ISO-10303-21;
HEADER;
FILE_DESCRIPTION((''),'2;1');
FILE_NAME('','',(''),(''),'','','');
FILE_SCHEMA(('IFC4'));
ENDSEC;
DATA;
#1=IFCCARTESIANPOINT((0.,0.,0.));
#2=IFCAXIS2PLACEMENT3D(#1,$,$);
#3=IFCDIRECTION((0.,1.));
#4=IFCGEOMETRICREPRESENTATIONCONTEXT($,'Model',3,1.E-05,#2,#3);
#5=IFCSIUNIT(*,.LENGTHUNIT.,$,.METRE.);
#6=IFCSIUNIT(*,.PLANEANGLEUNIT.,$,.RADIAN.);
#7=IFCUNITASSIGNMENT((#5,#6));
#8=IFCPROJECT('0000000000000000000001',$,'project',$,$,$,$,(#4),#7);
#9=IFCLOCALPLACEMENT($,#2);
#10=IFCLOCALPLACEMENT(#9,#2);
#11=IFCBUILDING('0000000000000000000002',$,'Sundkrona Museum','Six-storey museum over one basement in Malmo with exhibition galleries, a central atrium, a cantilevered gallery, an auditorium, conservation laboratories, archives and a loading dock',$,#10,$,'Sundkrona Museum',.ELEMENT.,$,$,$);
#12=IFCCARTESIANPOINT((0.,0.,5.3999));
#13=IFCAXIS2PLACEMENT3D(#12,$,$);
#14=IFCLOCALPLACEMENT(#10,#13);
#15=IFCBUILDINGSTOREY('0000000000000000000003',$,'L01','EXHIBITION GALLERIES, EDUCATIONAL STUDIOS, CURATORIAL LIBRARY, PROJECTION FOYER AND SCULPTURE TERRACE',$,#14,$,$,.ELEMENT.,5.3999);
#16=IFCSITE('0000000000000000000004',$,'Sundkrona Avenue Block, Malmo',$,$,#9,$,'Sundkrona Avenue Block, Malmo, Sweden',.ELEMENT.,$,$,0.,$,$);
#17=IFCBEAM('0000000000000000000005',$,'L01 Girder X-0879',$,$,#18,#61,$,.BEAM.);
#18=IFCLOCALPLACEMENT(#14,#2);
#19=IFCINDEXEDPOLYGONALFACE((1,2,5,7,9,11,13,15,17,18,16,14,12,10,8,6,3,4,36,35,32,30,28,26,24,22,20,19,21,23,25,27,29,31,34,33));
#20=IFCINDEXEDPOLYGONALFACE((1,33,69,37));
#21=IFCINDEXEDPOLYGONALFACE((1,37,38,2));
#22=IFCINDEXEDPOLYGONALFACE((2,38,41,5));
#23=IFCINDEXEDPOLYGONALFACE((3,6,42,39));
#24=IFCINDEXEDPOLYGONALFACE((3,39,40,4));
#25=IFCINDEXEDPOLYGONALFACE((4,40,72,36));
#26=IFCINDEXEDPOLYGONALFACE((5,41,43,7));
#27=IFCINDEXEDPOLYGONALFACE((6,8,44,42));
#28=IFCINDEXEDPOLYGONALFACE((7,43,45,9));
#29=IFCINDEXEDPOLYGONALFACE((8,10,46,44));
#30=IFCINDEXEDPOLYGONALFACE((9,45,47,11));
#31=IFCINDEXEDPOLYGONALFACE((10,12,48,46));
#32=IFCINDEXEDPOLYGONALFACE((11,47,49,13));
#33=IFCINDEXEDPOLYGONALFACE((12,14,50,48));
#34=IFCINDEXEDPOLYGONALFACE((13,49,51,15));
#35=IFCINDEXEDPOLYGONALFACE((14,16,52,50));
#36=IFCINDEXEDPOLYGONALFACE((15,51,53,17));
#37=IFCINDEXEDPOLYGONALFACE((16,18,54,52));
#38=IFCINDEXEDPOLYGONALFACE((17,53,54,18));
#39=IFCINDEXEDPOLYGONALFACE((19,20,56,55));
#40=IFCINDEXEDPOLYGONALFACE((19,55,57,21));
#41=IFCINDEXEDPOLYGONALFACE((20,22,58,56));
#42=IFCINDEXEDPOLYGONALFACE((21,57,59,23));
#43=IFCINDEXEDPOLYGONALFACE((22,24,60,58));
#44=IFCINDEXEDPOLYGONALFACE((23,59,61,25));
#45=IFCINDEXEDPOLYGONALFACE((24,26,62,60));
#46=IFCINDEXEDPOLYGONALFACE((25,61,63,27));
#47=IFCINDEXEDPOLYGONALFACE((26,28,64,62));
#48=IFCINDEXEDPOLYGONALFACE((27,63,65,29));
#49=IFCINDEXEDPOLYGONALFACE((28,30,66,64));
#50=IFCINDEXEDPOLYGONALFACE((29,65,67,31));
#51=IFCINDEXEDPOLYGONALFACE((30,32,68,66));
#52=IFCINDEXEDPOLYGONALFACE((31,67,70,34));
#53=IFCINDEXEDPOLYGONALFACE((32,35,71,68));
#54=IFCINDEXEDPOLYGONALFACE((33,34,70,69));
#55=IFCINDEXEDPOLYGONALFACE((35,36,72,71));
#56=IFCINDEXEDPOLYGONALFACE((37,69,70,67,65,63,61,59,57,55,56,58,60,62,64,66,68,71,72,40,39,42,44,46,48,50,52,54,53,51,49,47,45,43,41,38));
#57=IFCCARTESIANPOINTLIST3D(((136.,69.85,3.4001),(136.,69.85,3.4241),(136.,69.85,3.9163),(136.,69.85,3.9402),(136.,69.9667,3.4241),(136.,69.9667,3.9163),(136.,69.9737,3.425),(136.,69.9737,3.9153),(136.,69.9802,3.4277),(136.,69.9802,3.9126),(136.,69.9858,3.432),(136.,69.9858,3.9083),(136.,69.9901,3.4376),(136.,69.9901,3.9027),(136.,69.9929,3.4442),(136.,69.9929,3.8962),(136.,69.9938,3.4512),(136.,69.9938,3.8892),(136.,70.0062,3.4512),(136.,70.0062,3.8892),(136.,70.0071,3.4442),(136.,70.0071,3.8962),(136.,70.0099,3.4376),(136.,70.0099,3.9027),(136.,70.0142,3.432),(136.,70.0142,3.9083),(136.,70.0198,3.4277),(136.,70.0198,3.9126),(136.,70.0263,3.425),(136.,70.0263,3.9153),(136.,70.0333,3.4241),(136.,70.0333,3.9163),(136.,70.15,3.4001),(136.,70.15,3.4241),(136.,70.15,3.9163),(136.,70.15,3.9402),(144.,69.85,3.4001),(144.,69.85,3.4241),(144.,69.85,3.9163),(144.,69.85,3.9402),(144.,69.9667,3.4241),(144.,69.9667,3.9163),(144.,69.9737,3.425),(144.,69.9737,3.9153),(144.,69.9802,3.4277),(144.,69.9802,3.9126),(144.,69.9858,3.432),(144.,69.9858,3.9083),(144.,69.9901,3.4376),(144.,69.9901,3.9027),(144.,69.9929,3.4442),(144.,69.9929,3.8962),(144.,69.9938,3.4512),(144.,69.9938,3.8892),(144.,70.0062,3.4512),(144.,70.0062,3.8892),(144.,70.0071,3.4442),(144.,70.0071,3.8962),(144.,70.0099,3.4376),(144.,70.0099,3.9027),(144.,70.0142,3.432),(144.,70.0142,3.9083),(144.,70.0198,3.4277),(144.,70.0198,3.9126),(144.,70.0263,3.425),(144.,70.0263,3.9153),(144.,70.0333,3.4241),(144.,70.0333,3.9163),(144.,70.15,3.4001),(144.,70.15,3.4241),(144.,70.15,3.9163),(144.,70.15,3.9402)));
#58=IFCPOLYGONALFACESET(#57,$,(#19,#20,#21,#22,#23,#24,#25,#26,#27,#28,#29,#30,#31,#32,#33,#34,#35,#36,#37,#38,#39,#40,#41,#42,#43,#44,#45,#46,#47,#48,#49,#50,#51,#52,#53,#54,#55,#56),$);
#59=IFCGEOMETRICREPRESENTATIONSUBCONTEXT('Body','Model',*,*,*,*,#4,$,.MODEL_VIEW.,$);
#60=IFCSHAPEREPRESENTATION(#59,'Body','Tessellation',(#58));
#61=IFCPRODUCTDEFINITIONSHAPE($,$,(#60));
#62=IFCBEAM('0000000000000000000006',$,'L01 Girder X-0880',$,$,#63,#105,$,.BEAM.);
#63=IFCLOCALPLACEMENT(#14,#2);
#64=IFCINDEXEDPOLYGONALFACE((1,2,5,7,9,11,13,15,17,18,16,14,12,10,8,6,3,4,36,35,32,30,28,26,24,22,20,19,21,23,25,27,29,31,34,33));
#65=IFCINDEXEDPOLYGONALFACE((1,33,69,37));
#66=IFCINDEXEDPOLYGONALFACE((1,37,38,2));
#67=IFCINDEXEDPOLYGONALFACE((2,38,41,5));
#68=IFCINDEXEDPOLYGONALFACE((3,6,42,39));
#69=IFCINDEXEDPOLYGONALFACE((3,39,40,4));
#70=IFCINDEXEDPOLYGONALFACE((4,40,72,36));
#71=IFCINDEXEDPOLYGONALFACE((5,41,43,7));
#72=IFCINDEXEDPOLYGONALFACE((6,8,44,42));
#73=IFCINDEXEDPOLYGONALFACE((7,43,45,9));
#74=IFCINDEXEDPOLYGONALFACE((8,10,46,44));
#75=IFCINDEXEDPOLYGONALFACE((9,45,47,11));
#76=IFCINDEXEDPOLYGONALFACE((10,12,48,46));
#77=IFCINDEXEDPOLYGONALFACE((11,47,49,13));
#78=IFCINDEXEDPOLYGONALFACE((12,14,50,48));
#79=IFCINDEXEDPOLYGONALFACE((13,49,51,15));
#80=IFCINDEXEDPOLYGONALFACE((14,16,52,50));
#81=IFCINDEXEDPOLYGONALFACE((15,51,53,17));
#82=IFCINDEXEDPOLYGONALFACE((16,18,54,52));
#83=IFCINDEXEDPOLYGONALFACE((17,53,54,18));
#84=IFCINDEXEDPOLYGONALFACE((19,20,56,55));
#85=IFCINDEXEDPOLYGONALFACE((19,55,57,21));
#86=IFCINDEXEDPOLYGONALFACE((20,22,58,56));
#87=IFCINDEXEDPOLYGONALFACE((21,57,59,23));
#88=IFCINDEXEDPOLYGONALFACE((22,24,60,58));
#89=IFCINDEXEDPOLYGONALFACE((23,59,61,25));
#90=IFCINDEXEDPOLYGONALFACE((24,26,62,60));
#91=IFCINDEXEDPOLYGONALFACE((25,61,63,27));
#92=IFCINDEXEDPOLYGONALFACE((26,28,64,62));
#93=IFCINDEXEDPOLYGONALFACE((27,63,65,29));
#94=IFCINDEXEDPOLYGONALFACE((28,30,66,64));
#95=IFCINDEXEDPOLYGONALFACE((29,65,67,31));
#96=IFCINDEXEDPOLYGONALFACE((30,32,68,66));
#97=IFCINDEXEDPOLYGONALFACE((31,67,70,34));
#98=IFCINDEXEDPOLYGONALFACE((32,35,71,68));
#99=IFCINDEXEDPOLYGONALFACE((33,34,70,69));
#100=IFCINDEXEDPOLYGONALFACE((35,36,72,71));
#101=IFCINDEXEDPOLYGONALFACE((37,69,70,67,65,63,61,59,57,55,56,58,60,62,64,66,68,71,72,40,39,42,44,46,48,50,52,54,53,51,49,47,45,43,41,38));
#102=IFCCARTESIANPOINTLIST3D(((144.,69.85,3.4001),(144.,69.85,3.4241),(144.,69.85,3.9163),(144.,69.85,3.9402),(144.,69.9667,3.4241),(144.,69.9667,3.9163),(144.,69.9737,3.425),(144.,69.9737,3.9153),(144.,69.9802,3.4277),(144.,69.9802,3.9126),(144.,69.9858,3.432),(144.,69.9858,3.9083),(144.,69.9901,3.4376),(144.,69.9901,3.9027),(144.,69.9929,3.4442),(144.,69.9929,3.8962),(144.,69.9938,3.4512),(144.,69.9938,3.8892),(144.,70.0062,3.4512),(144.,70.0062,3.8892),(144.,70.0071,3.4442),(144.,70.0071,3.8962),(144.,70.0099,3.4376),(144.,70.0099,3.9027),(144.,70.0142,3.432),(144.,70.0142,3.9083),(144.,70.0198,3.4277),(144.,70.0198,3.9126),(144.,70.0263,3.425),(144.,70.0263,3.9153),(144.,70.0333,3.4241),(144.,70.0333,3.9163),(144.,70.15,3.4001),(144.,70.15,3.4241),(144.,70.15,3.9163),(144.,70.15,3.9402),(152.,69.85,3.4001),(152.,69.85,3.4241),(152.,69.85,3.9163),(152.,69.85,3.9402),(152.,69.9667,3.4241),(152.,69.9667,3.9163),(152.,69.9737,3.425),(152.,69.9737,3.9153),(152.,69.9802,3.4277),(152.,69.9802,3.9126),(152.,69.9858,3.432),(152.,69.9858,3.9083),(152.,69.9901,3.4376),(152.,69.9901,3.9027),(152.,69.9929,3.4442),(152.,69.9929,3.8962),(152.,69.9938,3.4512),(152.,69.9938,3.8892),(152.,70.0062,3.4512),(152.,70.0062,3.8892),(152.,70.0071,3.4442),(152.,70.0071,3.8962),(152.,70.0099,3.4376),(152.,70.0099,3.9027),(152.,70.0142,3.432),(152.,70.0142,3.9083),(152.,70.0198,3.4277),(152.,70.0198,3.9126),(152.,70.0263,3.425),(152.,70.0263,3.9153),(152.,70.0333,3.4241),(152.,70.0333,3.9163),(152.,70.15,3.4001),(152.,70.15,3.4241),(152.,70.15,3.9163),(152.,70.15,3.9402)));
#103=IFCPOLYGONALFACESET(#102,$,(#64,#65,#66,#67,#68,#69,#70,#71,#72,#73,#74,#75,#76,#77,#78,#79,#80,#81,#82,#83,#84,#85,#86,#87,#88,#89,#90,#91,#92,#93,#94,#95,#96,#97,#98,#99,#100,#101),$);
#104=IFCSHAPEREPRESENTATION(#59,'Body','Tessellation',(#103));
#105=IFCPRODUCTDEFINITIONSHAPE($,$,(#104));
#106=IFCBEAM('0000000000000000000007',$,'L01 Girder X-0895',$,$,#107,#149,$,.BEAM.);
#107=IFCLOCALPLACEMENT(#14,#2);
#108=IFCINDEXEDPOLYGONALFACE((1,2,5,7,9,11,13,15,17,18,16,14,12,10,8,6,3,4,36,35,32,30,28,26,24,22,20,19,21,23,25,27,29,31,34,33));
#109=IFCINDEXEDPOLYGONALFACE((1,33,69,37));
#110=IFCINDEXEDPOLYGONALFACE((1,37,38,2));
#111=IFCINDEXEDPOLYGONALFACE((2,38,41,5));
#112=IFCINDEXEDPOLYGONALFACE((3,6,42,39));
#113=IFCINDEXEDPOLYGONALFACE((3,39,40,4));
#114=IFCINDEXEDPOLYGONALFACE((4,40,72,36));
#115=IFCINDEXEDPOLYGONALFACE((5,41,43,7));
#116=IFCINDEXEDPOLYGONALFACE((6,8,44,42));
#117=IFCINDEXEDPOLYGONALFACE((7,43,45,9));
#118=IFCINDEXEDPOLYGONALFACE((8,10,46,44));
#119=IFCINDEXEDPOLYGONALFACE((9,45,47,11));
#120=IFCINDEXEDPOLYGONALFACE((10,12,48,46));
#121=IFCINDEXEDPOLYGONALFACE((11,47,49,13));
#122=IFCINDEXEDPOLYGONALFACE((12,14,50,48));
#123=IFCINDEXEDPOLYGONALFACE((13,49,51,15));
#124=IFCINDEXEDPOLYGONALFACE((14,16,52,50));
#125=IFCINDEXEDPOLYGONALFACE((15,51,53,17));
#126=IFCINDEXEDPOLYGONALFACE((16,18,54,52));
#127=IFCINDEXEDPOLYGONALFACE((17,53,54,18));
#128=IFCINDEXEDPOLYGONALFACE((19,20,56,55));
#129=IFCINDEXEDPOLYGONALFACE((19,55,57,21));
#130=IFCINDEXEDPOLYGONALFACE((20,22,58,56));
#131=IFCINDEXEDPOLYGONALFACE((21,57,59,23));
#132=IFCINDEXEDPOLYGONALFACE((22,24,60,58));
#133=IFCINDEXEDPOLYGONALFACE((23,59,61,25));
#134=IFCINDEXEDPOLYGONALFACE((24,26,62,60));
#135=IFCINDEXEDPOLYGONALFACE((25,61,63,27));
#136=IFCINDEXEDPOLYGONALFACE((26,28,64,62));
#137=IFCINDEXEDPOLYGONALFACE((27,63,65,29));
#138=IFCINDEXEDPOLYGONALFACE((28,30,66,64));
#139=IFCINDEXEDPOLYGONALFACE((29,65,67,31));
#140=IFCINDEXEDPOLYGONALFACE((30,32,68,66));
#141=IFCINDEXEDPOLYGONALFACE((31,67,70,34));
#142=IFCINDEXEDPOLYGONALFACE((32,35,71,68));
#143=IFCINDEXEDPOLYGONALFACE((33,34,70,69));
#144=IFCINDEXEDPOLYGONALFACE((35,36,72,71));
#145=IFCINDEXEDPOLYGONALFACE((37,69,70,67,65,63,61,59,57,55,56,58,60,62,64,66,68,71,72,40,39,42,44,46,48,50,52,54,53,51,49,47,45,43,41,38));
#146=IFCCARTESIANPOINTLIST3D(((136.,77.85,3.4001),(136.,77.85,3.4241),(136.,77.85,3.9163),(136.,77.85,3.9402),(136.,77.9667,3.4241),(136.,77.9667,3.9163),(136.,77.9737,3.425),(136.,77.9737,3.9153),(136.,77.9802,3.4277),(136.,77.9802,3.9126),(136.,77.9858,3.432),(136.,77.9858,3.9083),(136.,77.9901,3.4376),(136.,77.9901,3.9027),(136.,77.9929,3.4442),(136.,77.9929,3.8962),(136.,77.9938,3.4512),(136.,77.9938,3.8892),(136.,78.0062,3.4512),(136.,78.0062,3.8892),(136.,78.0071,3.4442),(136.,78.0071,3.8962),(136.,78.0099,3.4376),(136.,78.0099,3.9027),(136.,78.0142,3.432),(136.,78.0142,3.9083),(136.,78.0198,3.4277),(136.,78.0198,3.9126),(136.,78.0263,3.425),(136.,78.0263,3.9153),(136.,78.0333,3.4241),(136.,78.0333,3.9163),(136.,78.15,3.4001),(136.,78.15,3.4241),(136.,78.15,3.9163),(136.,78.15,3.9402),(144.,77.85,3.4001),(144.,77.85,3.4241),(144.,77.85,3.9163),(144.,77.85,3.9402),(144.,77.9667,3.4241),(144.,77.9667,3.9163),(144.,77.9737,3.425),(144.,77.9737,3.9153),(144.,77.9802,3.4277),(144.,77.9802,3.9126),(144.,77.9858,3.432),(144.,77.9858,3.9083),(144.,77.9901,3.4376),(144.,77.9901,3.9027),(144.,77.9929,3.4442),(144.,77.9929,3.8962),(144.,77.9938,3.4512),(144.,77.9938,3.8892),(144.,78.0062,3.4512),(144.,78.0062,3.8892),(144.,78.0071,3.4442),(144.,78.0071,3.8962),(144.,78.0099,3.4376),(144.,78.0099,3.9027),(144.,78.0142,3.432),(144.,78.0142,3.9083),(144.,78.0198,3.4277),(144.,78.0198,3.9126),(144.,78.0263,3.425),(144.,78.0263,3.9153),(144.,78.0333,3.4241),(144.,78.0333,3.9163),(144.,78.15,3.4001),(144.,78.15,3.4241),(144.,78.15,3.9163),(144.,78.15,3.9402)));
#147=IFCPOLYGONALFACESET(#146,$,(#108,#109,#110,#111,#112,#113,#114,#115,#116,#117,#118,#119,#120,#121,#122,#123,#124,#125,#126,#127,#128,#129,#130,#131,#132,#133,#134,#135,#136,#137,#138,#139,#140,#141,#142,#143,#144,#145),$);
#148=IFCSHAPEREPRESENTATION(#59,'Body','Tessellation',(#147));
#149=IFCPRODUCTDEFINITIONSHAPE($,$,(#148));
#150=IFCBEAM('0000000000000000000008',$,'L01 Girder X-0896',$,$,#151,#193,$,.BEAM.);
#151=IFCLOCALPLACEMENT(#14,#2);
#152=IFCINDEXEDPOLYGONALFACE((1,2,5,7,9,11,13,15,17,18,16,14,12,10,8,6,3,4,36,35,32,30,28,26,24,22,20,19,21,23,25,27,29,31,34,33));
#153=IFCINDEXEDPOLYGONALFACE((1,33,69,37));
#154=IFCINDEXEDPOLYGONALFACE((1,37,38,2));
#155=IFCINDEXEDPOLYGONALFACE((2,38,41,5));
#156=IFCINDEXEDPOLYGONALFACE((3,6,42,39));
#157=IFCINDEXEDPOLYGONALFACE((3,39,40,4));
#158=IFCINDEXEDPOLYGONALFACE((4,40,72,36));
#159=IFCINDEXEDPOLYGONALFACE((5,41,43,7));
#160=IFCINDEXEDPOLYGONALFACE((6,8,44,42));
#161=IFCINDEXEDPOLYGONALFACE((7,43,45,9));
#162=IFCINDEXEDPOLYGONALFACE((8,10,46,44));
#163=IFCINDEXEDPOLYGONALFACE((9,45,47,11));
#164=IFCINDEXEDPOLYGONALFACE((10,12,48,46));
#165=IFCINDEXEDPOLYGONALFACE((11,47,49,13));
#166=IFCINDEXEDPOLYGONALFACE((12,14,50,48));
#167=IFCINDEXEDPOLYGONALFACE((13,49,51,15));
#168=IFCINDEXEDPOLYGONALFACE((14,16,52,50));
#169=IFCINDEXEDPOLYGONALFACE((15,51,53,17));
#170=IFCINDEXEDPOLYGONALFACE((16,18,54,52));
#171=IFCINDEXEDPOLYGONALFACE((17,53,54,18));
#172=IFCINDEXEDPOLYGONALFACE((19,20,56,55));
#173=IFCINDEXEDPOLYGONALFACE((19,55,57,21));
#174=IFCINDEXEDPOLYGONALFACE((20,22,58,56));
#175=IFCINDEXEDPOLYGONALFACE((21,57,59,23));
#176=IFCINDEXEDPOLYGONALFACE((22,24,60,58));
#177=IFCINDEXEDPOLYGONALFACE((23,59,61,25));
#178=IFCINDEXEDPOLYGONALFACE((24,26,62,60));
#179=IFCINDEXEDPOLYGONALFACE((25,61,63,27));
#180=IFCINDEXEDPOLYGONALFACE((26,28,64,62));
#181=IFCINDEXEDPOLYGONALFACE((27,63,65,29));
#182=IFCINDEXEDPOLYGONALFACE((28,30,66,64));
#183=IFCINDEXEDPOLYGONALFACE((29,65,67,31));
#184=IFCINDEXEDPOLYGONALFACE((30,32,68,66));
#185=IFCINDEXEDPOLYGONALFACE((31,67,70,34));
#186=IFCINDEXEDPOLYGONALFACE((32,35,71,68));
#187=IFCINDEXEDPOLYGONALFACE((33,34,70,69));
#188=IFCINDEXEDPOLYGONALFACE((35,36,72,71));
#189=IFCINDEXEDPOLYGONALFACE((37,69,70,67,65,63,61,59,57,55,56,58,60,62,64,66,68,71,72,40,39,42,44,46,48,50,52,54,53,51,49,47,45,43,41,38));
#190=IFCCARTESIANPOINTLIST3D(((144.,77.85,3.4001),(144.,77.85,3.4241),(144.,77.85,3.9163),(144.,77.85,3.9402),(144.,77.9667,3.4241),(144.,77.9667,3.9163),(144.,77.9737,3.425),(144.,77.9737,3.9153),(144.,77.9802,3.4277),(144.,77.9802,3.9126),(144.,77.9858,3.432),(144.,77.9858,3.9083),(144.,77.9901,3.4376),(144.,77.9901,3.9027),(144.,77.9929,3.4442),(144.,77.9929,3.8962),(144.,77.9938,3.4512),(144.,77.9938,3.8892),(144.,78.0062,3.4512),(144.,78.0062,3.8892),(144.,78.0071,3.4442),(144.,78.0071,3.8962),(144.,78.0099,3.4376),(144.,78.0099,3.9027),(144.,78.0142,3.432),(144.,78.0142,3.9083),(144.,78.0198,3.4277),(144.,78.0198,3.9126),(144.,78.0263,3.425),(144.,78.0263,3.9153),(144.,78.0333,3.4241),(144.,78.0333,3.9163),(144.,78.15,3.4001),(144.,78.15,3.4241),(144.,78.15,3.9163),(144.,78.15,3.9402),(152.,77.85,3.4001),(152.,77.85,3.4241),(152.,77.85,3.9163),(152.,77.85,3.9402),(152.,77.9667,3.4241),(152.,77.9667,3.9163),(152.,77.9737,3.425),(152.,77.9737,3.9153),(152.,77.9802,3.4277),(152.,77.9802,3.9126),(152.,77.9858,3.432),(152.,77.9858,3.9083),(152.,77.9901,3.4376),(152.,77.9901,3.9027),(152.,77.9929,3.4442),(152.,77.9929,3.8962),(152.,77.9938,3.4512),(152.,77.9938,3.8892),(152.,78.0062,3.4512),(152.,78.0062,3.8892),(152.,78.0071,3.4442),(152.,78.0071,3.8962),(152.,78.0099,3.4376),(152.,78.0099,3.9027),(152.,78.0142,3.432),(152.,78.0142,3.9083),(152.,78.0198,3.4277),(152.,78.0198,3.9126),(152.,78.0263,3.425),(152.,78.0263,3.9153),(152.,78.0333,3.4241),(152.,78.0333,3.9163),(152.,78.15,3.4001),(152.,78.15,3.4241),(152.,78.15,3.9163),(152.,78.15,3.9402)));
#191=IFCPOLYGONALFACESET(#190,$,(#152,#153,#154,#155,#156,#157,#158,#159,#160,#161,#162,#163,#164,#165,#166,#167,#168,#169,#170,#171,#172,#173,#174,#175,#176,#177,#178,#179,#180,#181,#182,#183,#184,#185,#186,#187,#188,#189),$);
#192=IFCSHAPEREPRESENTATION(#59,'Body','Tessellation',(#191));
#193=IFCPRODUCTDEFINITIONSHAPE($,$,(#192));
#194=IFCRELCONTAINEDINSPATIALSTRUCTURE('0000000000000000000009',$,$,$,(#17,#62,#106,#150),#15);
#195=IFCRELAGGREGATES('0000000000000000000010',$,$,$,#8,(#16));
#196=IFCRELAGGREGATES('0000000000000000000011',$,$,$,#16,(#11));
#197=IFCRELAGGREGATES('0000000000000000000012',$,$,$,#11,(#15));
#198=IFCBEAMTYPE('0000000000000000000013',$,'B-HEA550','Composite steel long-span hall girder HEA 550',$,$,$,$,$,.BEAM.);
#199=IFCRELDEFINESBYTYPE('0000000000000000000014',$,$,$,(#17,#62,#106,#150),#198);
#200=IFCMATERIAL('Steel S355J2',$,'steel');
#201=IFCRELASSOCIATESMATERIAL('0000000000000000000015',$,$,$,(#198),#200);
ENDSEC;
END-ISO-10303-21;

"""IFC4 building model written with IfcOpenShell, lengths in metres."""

from ifc_helpers import new_model, si_unit, direction, frame, origin, origin_2d, place, context, subcontext, project, spatial, i_section, extrude, material, material_profile, profile_set, type_object, element, save


model = new_model("IFC4")

# Units and contexts
model_context = context("Model", 3, precision=1e-05, world=origin(), true_north=direction((0.0, 1.0)))
body_context = subcontext(model_context, "Body", "Model", "MODEL_VIEW")
ifc_project = project(units=[si_unit("LENGTHUNIT", "METRE"), si_unit("PLANEANGLEUNIT", "RADIAN")], contexts=[model_context])

# Site, building, storey
site_placement = place(None, origin())
site = spatial("IfcSite", under=ifc_project, at=site_placement, Name="Sundkrona Avenue Block, Malmo", LongName="Sundkrona Avenue Block, Malmo, Sweden", CompositionType="ELEMENT", RefElevation=0.0)
building_placement = place(site_placement, origin())
building = spatial("IfcBuilding", under=site, at=building_placement, Name="Sundkrona Museum", Description="Six-storey museum over one basement in Malmo with exhibition galleries, a central atrium, a cantilevered gallery, an auditorium, conservation laboratories, archives and a loading dock", LongName="Sundkrona Museum", CompositionType="ELEMENT")
storey_placement = place(building_placement, frame((0.0, 0.0, 5.3999)))
storey = spatial("IfcBuildingStorey", under=building, at=storey_placement, Name="L01", Description="EXHIBITION GALLERIES, EDUCATIONAL STUDIOS, CURATORIAL LIBRARY, PROJECTION FOYER AND SCULPTURE TERRACE", CompositionType="ELEMENT", Elevation=5.3999)

# Shared definitions
ifc_material_1 = material(Name="Steel S355J2", Category="steel")

# Beams
ifc_material_profile_1 = material_profile(ifc_material_1, i_section(OverallWidth=0.3, OverallDepth=0.54, WebThickness=0.0125, FlangeThickness=0.0239, FilletRadius=0.0271, at=origin_2d()), Name="HEA 550")
ifc_profile_set_1 = profile_set([ifc_material_profile_1], Name="Steel S355J2")
beam_type_1 = type_object("IfcBeamType", Name="B-HEA550", Description="Composite steel long-span hall girder HEA 550", PredefinedType="BEAM", material=ifc_profile_set_1)
for number, where, z_axis, x_axis, name in (
    (1, (136.0, 70.0, 3.6702), (1.0, 0.0, 0.0), (0.0, 1.0, 0.0), "L01 Girder X-0879"),
    (2, (144.0, 70.0, 3.6702), (1.0, 0.0, 0.0), (0.0, 1.0, 0.0), "L01 Girder X-0880"),
    (3, (136.0, 78.0, 3.6702), (1.0, 0.0, 0.0), (0.0, 1.0, 0.0), "L01 Girder X-0895"),
    (4, (144.0, 78.0, 3.6702), (1.0, 0.0, 0.0), (0.0, 1.0, 0.0), "L01 Girder X-0896"),
):
    element("IfcBeam", number, at=place(storey_placement, frame(where, z_axis=z_axis, x_axis=x_axis)), inside=storey, type_object=beam_type_1, Name=name, PredefinedType="BEAM", context=body_context, shape_type="SweptSolid", body=[
        extrude(i_section(OverallWidth=0.3, OverallDepth=0.54, WebThickness=0.0125, FlangeThickness=0.0239, FilletRadius=0.0271, at=origin_2d()), origin(), (0.0, 0.0, 1.0), 8.0),
    ])

save(model, "model.ifc")
